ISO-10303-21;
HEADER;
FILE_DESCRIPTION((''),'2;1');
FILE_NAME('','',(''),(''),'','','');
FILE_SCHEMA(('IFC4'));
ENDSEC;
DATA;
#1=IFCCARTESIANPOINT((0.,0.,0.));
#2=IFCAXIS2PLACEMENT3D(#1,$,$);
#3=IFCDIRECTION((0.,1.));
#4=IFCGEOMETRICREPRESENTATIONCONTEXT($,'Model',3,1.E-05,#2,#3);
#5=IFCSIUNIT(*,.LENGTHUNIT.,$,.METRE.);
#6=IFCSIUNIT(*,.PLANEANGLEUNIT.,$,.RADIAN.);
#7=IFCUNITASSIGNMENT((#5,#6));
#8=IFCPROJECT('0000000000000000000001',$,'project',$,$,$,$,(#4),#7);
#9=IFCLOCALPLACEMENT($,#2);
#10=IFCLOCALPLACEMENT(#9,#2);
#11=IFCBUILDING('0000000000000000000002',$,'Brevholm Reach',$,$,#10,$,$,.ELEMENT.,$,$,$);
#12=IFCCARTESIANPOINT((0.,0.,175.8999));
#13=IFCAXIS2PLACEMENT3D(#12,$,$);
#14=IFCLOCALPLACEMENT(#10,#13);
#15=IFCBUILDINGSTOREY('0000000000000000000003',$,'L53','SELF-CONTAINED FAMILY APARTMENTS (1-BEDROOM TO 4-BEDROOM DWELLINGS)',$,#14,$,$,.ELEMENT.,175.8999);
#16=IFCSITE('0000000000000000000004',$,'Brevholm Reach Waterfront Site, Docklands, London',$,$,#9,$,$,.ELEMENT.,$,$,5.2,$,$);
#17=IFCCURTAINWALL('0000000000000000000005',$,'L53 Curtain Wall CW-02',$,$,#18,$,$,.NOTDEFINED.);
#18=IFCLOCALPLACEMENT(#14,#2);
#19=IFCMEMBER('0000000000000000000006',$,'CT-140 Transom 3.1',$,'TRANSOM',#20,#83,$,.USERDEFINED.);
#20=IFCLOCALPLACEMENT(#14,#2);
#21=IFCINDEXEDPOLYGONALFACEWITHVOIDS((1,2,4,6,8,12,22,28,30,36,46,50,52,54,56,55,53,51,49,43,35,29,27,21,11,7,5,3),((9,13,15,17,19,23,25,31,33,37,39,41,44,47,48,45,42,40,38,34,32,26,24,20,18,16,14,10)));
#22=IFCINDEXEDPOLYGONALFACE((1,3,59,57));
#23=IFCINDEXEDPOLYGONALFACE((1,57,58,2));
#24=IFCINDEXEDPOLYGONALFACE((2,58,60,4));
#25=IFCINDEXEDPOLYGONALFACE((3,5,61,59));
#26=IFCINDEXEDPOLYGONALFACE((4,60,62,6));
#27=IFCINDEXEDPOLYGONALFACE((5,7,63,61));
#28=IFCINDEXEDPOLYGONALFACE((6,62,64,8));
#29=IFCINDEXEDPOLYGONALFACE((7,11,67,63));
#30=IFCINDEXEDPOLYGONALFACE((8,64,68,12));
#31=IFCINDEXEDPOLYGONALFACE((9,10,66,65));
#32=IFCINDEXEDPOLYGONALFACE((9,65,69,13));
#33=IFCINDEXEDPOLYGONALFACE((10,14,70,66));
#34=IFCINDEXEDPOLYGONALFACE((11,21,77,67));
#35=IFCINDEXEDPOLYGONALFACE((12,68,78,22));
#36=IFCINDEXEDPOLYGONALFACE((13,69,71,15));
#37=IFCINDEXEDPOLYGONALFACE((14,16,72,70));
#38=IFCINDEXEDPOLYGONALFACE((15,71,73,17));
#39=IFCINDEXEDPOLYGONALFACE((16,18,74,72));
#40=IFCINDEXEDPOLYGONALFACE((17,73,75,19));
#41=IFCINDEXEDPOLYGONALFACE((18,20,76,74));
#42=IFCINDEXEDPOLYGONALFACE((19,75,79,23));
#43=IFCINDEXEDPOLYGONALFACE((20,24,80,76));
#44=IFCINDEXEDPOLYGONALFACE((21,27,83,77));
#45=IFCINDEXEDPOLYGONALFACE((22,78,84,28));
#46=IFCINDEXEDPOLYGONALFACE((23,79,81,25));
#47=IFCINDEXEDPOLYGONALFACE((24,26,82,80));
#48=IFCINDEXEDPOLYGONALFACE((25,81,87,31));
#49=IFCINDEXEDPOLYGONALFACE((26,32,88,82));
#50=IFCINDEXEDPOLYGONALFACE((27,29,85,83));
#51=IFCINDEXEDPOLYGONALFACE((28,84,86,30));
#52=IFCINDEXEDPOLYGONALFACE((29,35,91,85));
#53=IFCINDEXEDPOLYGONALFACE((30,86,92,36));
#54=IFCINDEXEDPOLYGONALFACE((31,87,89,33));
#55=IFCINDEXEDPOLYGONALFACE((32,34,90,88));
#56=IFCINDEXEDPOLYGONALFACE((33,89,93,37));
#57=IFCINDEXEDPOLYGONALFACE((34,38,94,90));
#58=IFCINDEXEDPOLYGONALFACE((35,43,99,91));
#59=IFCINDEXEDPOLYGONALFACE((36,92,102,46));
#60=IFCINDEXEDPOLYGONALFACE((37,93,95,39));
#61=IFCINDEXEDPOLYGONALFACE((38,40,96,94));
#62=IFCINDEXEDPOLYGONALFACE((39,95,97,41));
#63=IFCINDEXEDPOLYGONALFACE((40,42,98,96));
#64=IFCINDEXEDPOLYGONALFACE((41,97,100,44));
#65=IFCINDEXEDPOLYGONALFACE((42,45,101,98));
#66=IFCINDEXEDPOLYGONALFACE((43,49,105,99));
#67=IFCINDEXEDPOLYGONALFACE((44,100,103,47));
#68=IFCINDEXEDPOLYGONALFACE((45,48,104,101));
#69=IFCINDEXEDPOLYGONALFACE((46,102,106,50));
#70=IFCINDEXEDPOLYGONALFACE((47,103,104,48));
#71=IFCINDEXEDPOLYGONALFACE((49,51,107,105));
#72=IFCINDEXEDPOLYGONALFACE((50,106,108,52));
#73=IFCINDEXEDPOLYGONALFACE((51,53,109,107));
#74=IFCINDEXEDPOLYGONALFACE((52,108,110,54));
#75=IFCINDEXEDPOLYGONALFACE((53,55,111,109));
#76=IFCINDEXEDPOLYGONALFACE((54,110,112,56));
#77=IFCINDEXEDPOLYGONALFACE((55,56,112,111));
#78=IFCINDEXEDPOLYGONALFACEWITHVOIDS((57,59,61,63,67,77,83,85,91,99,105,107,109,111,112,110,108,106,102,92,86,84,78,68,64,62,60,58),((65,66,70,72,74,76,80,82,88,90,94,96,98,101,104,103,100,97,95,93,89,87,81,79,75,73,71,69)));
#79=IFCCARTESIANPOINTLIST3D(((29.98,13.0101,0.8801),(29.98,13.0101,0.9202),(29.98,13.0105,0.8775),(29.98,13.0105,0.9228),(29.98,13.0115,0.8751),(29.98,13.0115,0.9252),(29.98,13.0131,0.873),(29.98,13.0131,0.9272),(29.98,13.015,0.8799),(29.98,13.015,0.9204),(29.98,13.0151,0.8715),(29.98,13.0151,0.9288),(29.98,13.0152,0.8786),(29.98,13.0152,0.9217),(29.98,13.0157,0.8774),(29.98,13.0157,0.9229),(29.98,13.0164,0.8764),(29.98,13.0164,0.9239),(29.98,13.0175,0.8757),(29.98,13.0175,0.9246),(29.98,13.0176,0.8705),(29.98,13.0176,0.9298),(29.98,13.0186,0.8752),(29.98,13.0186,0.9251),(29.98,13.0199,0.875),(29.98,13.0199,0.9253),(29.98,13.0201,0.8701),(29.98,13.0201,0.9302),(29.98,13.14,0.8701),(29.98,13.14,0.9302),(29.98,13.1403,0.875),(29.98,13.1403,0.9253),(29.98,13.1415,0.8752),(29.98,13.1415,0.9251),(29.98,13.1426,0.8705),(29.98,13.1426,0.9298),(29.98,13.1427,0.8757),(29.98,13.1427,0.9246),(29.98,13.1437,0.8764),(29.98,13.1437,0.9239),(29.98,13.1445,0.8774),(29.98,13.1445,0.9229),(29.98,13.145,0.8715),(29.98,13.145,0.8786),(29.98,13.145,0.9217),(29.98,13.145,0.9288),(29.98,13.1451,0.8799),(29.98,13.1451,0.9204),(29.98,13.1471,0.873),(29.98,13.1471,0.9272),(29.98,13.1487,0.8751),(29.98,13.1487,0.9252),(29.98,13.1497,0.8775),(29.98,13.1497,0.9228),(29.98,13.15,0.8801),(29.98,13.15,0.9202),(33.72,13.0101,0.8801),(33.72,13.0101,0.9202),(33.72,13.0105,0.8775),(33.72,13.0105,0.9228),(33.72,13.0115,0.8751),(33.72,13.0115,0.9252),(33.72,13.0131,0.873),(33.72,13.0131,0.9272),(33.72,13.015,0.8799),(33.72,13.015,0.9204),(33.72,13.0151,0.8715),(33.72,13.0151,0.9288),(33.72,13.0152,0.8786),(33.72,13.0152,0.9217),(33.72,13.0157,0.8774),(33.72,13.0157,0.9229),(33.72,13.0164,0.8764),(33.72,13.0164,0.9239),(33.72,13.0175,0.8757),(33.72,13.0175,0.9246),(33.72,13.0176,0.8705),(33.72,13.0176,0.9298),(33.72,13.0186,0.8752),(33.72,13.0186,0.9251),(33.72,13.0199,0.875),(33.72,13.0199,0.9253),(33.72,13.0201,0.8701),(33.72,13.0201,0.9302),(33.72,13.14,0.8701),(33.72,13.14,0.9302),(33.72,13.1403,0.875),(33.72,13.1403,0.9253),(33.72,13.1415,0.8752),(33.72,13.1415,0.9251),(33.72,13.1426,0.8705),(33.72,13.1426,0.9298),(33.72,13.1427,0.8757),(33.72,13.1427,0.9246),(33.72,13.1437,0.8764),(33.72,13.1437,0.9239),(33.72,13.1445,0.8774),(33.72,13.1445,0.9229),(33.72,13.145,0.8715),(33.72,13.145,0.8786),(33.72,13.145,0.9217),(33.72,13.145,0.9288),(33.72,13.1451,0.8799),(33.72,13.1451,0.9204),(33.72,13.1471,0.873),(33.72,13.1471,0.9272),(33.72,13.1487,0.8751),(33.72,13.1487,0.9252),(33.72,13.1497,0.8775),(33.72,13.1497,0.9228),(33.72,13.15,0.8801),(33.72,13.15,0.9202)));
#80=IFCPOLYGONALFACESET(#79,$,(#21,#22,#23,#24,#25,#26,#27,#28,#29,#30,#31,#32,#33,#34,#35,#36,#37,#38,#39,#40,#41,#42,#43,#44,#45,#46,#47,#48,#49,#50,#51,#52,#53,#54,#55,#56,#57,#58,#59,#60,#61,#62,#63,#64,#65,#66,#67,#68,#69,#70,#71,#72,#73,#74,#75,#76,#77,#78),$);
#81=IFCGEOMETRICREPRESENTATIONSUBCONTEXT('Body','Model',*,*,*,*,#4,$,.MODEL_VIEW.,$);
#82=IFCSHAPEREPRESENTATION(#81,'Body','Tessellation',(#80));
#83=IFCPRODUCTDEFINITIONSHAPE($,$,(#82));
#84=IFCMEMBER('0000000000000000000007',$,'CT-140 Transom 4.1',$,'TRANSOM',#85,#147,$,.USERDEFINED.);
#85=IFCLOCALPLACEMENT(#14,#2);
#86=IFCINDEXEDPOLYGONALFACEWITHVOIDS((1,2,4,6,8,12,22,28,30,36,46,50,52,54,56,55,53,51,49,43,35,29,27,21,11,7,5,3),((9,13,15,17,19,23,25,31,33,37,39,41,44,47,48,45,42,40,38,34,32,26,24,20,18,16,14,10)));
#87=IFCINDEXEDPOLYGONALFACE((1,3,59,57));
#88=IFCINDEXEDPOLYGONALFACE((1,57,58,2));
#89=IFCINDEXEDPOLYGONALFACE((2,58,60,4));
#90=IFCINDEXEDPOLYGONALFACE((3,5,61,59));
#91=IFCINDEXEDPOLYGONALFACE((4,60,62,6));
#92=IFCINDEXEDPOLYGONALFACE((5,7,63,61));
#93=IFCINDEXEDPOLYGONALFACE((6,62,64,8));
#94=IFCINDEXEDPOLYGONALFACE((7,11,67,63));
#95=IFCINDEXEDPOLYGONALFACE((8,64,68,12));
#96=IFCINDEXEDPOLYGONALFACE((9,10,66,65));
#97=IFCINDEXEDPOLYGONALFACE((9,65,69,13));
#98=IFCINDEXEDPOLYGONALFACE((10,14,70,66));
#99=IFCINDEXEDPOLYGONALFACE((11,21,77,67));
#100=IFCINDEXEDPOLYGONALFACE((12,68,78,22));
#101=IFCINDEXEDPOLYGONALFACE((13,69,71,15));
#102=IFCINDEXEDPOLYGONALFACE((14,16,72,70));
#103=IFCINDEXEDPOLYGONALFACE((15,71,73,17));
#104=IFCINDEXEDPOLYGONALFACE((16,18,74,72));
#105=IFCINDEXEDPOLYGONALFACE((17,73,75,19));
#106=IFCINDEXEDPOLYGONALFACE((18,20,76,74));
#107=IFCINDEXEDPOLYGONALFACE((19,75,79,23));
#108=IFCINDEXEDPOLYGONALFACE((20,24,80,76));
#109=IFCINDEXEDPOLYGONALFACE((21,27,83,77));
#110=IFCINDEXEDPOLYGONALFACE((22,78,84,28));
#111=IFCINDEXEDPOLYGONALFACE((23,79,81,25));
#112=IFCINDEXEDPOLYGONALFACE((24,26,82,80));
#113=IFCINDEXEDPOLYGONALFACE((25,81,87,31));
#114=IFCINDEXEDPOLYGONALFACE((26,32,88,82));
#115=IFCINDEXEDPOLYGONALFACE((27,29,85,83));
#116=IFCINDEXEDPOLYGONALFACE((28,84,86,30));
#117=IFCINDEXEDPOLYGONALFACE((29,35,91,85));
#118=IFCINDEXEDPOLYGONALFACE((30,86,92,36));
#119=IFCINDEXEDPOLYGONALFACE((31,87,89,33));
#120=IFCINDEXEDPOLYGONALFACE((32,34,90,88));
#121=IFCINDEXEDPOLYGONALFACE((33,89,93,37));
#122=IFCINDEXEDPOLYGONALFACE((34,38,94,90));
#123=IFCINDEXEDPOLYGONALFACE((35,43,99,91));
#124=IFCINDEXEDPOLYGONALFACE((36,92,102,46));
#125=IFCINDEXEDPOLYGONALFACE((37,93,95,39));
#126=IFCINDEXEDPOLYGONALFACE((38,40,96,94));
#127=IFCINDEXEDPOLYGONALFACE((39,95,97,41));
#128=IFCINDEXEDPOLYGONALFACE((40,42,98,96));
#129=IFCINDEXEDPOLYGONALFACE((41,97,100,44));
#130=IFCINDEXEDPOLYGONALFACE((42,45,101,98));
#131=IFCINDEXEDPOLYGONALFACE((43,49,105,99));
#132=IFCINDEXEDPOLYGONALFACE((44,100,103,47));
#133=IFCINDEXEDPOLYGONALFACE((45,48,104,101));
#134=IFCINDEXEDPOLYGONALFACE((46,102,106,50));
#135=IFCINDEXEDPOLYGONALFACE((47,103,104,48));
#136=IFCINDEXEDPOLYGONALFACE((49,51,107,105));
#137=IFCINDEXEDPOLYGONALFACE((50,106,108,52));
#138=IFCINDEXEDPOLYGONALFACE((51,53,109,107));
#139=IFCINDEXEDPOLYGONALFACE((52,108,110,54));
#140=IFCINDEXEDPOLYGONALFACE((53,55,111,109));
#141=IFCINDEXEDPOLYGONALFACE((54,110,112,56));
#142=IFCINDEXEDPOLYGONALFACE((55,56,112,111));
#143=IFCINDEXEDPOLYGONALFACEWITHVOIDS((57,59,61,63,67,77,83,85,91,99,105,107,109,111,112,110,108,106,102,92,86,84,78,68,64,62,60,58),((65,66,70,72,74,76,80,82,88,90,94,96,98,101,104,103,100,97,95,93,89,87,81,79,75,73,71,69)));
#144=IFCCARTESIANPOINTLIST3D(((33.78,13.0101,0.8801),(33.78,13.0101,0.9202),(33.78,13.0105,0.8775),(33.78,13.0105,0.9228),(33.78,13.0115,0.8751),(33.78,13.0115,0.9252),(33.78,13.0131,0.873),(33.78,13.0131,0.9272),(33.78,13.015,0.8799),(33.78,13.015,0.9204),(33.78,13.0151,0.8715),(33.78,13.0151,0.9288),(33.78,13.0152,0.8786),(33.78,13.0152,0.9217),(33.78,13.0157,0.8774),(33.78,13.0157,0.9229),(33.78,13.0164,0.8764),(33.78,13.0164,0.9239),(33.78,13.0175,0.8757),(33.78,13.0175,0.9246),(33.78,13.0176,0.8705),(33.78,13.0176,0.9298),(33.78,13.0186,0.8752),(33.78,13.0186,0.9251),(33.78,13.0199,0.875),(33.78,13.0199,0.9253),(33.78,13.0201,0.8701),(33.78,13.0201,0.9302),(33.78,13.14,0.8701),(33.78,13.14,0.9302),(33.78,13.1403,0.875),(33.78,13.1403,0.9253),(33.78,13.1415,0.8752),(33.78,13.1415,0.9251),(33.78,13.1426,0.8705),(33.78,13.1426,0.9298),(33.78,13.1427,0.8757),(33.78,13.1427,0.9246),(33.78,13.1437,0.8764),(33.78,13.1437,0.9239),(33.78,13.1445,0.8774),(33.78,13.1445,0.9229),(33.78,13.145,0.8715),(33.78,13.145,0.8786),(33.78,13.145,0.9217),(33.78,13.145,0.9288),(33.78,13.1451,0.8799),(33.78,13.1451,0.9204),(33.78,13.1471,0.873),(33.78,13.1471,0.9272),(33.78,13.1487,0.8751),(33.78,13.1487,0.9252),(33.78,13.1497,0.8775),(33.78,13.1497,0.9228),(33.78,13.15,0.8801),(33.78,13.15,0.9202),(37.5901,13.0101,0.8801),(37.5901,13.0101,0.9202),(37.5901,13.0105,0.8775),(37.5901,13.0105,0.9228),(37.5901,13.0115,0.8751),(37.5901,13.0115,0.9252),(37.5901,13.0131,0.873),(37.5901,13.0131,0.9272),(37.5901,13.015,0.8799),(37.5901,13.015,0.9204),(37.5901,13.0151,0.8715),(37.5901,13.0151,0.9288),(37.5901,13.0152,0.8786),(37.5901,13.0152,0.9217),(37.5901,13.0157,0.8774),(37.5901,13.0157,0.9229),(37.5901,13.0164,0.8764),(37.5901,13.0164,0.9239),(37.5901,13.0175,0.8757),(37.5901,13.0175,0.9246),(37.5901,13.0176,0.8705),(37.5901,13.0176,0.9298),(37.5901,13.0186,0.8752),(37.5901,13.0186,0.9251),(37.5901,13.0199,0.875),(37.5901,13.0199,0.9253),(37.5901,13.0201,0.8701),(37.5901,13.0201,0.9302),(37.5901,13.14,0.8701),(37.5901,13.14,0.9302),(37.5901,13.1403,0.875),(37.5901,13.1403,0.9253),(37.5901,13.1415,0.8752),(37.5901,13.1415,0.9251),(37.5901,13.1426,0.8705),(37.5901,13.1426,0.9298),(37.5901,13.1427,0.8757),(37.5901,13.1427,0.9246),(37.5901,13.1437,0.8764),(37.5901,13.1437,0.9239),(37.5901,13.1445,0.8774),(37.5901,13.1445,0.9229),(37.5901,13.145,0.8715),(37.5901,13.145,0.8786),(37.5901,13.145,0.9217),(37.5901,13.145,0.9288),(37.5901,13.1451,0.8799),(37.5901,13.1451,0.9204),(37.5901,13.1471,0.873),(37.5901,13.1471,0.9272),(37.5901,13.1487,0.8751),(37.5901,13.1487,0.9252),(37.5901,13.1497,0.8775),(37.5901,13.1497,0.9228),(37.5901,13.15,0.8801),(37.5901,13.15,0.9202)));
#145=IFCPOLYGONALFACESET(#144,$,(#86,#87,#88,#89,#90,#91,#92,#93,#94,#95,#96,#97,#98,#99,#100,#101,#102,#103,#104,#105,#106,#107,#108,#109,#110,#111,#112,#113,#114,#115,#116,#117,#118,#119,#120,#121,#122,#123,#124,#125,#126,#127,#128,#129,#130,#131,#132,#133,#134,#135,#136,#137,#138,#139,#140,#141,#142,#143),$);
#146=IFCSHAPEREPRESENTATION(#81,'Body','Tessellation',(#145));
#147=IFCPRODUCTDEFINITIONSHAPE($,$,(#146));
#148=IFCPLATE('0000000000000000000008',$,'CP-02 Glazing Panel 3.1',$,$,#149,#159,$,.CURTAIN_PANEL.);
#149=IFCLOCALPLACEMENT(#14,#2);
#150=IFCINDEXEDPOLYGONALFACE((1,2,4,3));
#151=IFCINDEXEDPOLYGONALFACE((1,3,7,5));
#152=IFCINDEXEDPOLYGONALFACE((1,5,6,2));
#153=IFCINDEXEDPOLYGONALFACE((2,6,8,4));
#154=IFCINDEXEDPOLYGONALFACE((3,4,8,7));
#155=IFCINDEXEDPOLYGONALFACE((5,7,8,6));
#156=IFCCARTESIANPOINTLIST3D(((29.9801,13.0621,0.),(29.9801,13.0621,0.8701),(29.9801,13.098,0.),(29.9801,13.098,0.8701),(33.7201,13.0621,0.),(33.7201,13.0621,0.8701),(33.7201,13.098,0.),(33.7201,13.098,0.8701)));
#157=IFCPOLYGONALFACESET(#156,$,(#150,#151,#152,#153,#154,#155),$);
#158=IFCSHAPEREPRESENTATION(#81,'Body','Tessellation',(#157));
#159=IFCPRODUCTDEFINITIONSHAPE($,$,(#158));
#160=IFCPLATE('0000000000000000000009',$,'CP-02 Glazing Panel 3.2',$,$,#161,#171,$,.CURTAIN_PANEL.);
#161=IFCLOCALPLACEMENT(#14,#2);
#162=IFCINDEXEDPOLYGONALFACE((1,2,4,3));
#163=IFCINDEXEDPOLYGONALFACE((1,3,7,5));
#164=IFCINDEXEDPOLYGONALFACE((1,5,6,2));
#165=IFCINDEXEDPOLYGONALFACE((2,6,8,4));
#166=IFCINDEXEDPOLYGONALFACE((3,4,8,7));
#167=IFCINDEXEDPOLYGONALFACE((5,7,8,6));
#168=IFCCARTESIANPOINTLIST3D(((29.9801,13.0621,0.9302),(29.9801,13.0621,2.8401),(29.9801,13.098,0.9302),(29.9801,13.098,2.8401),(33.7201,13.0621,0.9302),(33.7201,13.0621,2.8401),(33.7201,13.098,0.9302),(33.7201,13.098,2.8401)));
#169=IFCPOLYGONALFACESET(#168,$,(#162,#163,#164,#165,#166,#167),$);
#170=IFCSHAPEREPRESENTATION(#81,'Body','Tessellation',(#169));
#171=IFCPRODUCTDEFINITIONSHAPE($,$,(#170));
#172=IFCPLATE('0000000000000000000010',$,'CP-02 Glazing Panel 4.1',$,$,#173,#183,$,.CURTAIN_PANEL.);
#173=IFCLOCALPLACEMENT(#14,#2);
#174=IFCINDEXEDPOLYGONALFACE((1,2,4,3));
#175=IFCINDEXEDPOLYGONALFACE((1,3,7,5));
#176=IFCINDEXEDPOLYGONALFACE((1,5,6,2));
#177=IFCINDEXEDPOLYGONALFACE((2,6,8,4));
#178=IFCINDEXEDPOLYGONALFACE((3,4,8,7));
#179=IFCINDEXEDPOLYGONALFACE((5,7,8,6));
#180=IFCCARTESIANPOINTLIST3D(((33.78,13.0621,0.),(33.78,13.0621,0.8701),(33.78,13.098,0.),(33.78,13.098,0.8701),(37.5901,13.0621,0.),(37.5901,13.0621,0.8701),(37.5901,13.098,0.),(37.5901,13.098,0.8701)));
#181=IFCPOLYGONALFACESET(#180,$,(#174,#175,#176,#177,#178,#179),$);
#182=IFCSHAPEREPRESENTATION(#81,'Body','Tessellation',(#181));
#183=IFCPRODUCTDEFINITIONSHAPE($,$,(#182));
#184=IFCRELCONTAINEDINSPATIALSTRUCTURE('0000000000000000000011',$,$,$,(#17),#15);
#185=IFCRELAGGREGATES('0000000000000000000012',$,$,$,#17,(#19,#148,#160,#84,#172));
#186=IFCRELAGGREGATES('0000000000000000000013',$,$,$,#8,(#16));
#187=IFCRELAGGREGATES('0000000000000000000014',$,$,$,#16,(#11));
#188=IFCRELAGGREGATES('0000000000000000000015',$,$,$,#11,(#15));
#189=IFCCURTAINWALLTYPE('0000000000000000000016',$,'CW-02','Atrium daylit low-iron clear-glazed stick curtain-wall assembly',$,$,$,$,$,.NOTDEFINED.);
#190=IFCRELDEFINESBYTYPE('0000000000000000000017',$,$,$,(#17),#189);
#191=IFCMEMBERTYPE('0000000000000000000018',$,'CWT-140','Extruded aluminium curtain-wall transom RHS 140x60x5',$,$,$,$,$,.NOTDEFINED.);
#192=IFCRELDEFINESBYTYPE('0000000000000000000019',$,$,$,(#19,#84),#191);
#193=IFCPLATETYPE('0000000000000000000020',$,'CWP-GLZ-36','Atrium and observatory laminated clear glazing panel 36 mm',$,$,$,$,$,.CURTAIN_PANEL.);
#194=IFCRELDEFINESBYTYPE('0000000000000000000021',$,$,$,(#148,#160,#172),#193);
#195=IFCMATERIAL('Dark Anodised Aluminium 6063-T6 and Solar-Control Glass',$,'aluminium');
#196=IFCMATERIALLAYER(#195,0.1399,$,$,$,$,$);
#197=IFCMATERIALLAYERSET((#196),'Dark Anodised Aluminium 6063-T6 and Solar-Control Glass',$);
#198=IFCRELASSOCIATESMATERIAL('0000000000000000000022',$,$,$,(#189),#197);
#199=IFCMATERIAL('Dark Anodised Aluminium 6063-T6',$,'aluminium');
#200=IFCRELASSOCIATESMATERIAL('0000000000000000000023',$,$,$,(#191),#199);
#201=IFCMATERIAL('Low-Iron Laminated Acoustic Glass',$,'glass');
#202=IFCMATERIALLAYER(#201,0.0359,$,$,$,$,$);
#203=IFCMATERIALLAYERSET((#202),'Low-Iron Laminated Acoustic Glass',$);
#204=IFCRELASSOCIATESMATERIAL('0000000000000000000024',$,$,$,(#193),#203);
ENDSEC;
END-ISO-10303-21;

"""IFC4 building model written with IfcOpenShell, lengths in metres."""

from ifc_helpers import new_model, si_unit, direction, frame, origin, origin_2d, place, context, subcontext, project, spatial, rectangle, hollow_rectangle, extrude, material, layer, layer_set, material_profile, profile_set, type_object, element, aggregate, save


model = new_model("IFC4")

# Units and contexts
model_context = context("Model", 3, precision=1e-05, world=origin(), true_north=direction((0.0, 1.0)))
body_context = subcontext(model_context, "Body", "Model", "MODEL_VIEW")
ifc_project = project(units=[si_unit("LENGTHUNIT", "METRE"), si_unit("PLANEANGLEUNIT", "RADIAN")], contexts=[model_context])

# Site, building, storey
site_placement = place(None, origin())
site = spatial("IfcSite", under=ifc_project, at=site_placement, Name="Brevholm Reach Waterfront Site, Docklands, London", CompositionType="ELEMENT", RefElevation=5.2)
building_placement = place(site_placement, origin())
building = spatial("IfcBuilding", under=site, at=building_placement, Name="Brevholm Reach", CompositionType="ELEMENT")
storey_placement = place(building_placement, frame((0.0, 0.0, 175.8999)))
storey = spatial("IfcBuildingStorey", under=building, at=storey_placement, Name="L53", Description="SELF-CONTAINED FAMILY APARTMENTS (1-BEDROOM TO 4-BEDROOM DWELLINGS)", CompositionType="ELEMENT", Elevation=175.8999)

# Curtain wall, members, plates
ifc_material_1 = material(Name="Dark Anodised Aluminium 6063-T6 and Solar-Control Glass", Category="aluminium")
ifc_layer_1 = layer(ifc_material_1, 0.1399)
ifc_layer_set_1 = layer_set([ifc_layer_1], Name="Dark Anodised Aluminium 6063-T6 and Solar-Control Glass")
curtain_wall_type = type_object("IfcCurtainWallType", Name="CW-02", Description="Atrium daylit low-iron clear-glazed stick curtain-wall assembly", PredefinedType="NOTDEFINED", material=ifc_layer_set_1)
curtain_wall_placement = place(storey_placement, origin())
curtain_wall = element("IfcCurtainWall", 1, at=curtain_wall_placement, inside=storey, type_object=curtain_wall_type, Name="L53 Curtain Wall CW-02", PredefinedType="NOTDEFINED")
ifc_material_2 = material(Name="Dark Anodised Aluminium 6063-T6", Category="aluminium")
ifc_material_profile_1 = material_profile(ifc_material_2, hollow_rectangle(XDim=0.0601, YDim=0.1399, WallThickness=0.0049, InnerFilletRadius=0.0049, OuterFilletRadius=0.01, at=origin_2d()), Name="RHS 140x60x5")
ifc_profile_set_1 = profile_set([ifc_material_profile_1], Name="Dark Anodised Aluminium 6063-T6")
member_type_1 = type_object("IfcMemberType", Name="CWT-140", Description="Extruded aluminium curtain-wall transom RHS 140x60x5", PredefinedType="NOTDEFINED", material=ifc_profile_set_1)
member_1_placement = place(storey_placement, frame((29.98, 13.0801, 0.9001), z_axis=(1.0, 0.0, 0.0), x_axis=(0.0, 0.0, 1.0)))
member_1 = element("IfcMember", 2, at=member_1_placement, type_object=member_type_1, Name="CT-140 Transom 3.1", ObjectType="TRANSOM", PredefinedType="USERDEFINED", context=body_context, shape_type="SweptSolid", body=[
    extrude(hollow_rectangle(XDim=0.0601, YDim=0.1399, WallThickness=0.0049, InnerFilletRadius=0.0049, OuterFilletRadius=0.01, at=origin_2d()), origin(), (0.0, 0.0, 1.0), 3.74),
])
member_2_placement = place(storey_placement, frame((33.78, 13.0801, 0.9001), z_axis=(1.0, 0.0, 0.0), x_axis=(0.0, 0.0, 1.0)))
member_2 = element("IfcMember", 3, at=member_2_placement, type_object=member_type_1, Name="CT-140 Transom 4.1", ObjectType="TRANSOM", PredefinedType="USERDEFINED", context=body_context, shape_type="SweptSolid", body=[
    extrude(hollow_rectangle(XDim=0.0601, YDim=0.1399, WallThickness=0.0049, InnerFilletRadius=0.0049, OuterFilletRadius=0.01, at=origin_2d()), origin(), (0.0, 0.0, 1.0), 3.8101),
])
ifc_material_3 = material(Name="Low-Iron Laminated Acoustic Glass", Category="glass")
ifc_layer_2 = layer(ifc_material_3, 0.0359)
ifc_layer_set_2 = layer_set([ifc_layer_2], Name="Low-Iron Laminated Acoustic Glass")
plate_type = type_object("IfcPlateType", Name="CWP-GLZ-36", Description="Atrium and observatory laminated clear glazing panel 36 mm", PredefinedType="CURTAIN_PANEL", material=ifc_layer_set_2)
plate_1_placement = place(storey_placement, frame((31.8501, 13.0801, 0.0), z_axis=(0.0, 0.0, 1.0), x_axis=(1.0, 0.0, 0.0)))
plate_1 = element("IfcPlate", 4, at=plate_1_placement, type_object=plate_type, Name="CP-02 Glazing Panel 3.1", PredefinedType="CURTAIN_PANEL", context=body_context, shape_type="SweptSolid", body=[
    extrude(rectangle(XDim=3.74, YDim=0.0359, at=origin_2d()), origin(), (0.0, 0.0, 1.0), 0.8701),
])
plate_2_placement = place(storey_placement, frame((31.8501, 13.0801, 0.9302), z_axis=(0.0, 0.0, 1.0), x_axis=(1.0, 0.0, 0.0)))
plate_2 = element("IfcPlate", 5, at=plate_2_placement, type_object=plate_type, Name="CP-02 Glazing Panel 3.2", PredefinedType="CURTAIN_PANEL", context=body_context, shape_type="SweptSolid", body=[
    extrude(rectangle(XDim=3.74, YDim=0.0359, at=origin_2d()), origin(), (0.0, 0.0, 1.0), 1.9099),
])
plate_3_placement = place(storey_placement, frame((35.6851, 13.0801, 0.0), z_axis=(0.0, 0.0, 1.0), x_axis=(1.0, 0.0, 0.0)))
plate_3 = element("IfcPlate", 6, at=plate_3_placement, type_object=plate_type, Name="CP-02 Glazing Panel 4.1", PredefinedType="CURTAIN_PANEL", context=body_context, shape_type="SweptSolid", body=[
    extrude(rectangle(XDim=3.8101, YDim=0.0359, at=origin_2d()), origin(), (0.0, 0.0, 1.0), 0.8701),
])
aggregate(curtain_wall, [member_1, plate_1, plate_2, member_2, plate_3])

save(model, "model.ifc")
